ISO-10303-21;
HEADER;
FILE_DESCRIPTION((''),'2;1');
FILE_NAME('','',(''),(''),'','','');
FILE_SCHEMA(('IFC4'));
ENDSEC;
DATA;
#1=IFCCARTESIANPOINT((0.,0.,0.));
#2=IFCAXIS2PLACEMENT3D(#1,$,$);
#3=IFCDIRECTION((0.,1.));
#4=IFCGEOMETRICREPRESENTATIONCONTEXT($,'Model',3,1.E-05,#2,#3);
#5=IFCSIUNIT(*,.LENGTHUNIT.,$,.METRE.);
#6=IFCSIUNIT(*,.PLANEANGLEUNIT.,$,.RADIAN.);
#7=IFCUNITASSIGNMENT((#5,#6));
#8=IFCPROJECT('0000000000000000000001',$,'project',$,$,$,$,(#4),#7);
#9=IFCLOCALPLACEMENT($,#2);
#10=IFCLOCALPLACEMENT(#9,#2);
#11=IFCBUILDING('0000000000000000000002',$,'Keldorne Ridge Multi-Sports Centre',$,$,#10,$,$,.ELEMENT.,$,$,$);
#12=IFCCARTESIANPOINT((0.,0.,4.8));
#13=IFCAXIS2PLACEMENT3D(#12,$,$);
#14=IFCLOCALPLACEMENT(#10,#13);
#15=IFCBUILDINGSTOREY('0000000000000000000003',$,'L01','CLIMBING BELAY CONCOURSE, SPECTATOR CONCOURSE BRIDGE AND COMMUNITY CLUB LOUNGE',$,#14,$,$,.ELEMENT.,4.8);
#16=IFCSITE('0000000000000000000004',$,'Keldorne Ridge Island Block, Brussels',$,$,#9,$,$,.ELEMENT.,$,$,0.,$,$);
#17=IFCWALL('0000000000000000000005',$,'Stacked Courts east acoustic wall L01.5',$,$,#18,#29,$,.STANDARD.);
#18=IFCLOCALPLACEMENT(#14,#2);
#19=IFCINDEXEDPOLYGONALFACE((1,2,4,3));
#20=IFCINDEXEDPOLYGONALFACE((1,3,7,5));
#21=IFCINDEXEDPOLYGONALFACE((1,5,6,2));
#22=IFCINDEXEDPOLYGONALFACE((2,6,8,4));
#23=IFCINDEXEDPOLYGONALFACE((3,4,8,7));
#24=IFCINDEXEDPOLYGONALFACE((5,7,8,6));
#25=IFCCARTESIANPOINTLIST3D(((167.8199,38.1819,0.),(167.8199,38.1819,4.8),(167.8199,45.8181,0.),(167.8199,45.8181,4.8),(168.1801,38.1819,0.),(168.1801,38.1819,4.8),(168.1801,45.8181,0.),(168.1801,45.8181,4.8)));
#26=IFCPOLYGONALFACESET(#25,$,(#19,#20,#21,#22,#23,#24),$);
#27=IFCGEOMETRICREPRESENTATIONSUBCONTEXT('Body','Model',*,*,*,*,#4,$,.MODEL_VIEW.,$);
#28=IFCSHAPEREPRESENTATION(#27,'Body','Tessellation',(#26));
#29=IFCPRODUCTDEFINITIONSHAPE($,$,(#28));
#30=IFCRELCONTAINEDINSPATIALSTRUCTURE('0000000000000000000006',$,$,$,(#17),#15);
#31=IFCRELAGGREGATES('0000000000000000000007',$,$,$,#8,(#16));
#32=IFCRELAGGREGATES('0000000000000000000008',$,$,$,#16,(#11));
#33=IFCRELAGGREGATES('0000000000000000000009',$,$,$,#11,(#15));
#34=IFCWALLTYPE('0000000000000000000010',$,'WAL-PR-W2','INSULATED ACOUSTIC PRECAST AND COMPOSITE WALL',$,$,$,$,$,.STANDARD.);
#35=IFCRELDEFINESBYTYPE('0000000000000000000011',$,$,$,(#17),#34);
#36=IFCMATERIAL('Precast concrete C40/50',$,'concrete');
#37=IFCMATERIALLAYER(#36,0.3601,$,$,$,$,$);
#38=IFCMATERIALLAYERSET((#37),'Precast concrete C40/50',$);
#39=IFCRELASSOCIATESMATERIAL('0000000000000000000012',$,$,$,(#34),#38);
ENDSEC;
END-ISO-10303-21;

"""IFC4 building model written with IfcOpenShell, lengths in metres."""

from ifc_helpers import new_model, si_unit, direction, frame, frame_2d, origin, place, context, subcontext, project, spatial, rectangle, extrude, material, layer, layer_set, type_object, element, save


model = new_model("IFC4")

# Units and contexts
model_context = context("Model", 3, precision=1e-05, world=origin(), true_north=direction((0.0, 1.0)))
body_context = subcontext(model_context, "Body", "Model", "MODEL_VIEW")
ifc_project = project(units=[si_unit("LENGTHUNIT", "METRE"), si_unit("PLANEANGLEUNIT", "RADIAN")], contexts=[model_context])

# Site, building, storey
site_placement = place(None, origin())
site = spatial("IfcSite", under=ifc_project, at=site_placement, Name="Keldorne Ridge Island Block, Brussels", CompositionType="ELEMENT", RefElevation=0.0)
building_placement = place(site_placement, origin())
building = spatial("IfcBuilding", under=site, at=building_placement, Name="Keldorne Ridge Multi-Sports Centre", CompositionType="ELEMENT")
storey_placement = place(building_placement, frame((0.0, 0.0, 4.8)))
storey = spatial("IfcBuildingStorey", under=building, at=storey_placement, Name="L01", Description="CLIMBING BELAY CONCOURSE, SPECTATOR CONCOURSE BRIDGE AND COMMUNITY CLUB LOUNGE", CompositionType="ELEMENT", Elevation=4.8)

# Wall
ifc_material_1 = material(Name="Precast concrete C40/50", Category="concrete")
ifc_layer = layer(ifc_material_1, 0.3601)
ifc_layer_set = layer_set([ifc_layer], Name="Precast concrete C40/50")
wall_type = type_object("IfcWallType", Name="WAL-PR-W2", Description="INSULATED ACOUSTIC PRECAST AND COMPOSITE WALL", PredefinedType="STANDARD", material=ifc_layer_set)
wall_placement = place(storey_placement, frame((168.0, 38.1819, 0.0), z_axis=(0.0, 0.0, 1.0), x_axis=(0.0, 1.0, 0.0)))
element("IfcWall", 1, at=wall_placement, inside=storey, type_object=wall_type, Name="Stacked Courts east acoustic wall L01.5", PredefinedType="STANDARD", context=body_context, shape_type="SweptSolid", body=[
    extrude(rectangle(XDim=7.6362, YDim=0.3601, at=frame_2d((3.8181, 0.0))), origin(), (0.0, 0.0, 1.0), 4.8),
])

save(model, "model.ifc")
